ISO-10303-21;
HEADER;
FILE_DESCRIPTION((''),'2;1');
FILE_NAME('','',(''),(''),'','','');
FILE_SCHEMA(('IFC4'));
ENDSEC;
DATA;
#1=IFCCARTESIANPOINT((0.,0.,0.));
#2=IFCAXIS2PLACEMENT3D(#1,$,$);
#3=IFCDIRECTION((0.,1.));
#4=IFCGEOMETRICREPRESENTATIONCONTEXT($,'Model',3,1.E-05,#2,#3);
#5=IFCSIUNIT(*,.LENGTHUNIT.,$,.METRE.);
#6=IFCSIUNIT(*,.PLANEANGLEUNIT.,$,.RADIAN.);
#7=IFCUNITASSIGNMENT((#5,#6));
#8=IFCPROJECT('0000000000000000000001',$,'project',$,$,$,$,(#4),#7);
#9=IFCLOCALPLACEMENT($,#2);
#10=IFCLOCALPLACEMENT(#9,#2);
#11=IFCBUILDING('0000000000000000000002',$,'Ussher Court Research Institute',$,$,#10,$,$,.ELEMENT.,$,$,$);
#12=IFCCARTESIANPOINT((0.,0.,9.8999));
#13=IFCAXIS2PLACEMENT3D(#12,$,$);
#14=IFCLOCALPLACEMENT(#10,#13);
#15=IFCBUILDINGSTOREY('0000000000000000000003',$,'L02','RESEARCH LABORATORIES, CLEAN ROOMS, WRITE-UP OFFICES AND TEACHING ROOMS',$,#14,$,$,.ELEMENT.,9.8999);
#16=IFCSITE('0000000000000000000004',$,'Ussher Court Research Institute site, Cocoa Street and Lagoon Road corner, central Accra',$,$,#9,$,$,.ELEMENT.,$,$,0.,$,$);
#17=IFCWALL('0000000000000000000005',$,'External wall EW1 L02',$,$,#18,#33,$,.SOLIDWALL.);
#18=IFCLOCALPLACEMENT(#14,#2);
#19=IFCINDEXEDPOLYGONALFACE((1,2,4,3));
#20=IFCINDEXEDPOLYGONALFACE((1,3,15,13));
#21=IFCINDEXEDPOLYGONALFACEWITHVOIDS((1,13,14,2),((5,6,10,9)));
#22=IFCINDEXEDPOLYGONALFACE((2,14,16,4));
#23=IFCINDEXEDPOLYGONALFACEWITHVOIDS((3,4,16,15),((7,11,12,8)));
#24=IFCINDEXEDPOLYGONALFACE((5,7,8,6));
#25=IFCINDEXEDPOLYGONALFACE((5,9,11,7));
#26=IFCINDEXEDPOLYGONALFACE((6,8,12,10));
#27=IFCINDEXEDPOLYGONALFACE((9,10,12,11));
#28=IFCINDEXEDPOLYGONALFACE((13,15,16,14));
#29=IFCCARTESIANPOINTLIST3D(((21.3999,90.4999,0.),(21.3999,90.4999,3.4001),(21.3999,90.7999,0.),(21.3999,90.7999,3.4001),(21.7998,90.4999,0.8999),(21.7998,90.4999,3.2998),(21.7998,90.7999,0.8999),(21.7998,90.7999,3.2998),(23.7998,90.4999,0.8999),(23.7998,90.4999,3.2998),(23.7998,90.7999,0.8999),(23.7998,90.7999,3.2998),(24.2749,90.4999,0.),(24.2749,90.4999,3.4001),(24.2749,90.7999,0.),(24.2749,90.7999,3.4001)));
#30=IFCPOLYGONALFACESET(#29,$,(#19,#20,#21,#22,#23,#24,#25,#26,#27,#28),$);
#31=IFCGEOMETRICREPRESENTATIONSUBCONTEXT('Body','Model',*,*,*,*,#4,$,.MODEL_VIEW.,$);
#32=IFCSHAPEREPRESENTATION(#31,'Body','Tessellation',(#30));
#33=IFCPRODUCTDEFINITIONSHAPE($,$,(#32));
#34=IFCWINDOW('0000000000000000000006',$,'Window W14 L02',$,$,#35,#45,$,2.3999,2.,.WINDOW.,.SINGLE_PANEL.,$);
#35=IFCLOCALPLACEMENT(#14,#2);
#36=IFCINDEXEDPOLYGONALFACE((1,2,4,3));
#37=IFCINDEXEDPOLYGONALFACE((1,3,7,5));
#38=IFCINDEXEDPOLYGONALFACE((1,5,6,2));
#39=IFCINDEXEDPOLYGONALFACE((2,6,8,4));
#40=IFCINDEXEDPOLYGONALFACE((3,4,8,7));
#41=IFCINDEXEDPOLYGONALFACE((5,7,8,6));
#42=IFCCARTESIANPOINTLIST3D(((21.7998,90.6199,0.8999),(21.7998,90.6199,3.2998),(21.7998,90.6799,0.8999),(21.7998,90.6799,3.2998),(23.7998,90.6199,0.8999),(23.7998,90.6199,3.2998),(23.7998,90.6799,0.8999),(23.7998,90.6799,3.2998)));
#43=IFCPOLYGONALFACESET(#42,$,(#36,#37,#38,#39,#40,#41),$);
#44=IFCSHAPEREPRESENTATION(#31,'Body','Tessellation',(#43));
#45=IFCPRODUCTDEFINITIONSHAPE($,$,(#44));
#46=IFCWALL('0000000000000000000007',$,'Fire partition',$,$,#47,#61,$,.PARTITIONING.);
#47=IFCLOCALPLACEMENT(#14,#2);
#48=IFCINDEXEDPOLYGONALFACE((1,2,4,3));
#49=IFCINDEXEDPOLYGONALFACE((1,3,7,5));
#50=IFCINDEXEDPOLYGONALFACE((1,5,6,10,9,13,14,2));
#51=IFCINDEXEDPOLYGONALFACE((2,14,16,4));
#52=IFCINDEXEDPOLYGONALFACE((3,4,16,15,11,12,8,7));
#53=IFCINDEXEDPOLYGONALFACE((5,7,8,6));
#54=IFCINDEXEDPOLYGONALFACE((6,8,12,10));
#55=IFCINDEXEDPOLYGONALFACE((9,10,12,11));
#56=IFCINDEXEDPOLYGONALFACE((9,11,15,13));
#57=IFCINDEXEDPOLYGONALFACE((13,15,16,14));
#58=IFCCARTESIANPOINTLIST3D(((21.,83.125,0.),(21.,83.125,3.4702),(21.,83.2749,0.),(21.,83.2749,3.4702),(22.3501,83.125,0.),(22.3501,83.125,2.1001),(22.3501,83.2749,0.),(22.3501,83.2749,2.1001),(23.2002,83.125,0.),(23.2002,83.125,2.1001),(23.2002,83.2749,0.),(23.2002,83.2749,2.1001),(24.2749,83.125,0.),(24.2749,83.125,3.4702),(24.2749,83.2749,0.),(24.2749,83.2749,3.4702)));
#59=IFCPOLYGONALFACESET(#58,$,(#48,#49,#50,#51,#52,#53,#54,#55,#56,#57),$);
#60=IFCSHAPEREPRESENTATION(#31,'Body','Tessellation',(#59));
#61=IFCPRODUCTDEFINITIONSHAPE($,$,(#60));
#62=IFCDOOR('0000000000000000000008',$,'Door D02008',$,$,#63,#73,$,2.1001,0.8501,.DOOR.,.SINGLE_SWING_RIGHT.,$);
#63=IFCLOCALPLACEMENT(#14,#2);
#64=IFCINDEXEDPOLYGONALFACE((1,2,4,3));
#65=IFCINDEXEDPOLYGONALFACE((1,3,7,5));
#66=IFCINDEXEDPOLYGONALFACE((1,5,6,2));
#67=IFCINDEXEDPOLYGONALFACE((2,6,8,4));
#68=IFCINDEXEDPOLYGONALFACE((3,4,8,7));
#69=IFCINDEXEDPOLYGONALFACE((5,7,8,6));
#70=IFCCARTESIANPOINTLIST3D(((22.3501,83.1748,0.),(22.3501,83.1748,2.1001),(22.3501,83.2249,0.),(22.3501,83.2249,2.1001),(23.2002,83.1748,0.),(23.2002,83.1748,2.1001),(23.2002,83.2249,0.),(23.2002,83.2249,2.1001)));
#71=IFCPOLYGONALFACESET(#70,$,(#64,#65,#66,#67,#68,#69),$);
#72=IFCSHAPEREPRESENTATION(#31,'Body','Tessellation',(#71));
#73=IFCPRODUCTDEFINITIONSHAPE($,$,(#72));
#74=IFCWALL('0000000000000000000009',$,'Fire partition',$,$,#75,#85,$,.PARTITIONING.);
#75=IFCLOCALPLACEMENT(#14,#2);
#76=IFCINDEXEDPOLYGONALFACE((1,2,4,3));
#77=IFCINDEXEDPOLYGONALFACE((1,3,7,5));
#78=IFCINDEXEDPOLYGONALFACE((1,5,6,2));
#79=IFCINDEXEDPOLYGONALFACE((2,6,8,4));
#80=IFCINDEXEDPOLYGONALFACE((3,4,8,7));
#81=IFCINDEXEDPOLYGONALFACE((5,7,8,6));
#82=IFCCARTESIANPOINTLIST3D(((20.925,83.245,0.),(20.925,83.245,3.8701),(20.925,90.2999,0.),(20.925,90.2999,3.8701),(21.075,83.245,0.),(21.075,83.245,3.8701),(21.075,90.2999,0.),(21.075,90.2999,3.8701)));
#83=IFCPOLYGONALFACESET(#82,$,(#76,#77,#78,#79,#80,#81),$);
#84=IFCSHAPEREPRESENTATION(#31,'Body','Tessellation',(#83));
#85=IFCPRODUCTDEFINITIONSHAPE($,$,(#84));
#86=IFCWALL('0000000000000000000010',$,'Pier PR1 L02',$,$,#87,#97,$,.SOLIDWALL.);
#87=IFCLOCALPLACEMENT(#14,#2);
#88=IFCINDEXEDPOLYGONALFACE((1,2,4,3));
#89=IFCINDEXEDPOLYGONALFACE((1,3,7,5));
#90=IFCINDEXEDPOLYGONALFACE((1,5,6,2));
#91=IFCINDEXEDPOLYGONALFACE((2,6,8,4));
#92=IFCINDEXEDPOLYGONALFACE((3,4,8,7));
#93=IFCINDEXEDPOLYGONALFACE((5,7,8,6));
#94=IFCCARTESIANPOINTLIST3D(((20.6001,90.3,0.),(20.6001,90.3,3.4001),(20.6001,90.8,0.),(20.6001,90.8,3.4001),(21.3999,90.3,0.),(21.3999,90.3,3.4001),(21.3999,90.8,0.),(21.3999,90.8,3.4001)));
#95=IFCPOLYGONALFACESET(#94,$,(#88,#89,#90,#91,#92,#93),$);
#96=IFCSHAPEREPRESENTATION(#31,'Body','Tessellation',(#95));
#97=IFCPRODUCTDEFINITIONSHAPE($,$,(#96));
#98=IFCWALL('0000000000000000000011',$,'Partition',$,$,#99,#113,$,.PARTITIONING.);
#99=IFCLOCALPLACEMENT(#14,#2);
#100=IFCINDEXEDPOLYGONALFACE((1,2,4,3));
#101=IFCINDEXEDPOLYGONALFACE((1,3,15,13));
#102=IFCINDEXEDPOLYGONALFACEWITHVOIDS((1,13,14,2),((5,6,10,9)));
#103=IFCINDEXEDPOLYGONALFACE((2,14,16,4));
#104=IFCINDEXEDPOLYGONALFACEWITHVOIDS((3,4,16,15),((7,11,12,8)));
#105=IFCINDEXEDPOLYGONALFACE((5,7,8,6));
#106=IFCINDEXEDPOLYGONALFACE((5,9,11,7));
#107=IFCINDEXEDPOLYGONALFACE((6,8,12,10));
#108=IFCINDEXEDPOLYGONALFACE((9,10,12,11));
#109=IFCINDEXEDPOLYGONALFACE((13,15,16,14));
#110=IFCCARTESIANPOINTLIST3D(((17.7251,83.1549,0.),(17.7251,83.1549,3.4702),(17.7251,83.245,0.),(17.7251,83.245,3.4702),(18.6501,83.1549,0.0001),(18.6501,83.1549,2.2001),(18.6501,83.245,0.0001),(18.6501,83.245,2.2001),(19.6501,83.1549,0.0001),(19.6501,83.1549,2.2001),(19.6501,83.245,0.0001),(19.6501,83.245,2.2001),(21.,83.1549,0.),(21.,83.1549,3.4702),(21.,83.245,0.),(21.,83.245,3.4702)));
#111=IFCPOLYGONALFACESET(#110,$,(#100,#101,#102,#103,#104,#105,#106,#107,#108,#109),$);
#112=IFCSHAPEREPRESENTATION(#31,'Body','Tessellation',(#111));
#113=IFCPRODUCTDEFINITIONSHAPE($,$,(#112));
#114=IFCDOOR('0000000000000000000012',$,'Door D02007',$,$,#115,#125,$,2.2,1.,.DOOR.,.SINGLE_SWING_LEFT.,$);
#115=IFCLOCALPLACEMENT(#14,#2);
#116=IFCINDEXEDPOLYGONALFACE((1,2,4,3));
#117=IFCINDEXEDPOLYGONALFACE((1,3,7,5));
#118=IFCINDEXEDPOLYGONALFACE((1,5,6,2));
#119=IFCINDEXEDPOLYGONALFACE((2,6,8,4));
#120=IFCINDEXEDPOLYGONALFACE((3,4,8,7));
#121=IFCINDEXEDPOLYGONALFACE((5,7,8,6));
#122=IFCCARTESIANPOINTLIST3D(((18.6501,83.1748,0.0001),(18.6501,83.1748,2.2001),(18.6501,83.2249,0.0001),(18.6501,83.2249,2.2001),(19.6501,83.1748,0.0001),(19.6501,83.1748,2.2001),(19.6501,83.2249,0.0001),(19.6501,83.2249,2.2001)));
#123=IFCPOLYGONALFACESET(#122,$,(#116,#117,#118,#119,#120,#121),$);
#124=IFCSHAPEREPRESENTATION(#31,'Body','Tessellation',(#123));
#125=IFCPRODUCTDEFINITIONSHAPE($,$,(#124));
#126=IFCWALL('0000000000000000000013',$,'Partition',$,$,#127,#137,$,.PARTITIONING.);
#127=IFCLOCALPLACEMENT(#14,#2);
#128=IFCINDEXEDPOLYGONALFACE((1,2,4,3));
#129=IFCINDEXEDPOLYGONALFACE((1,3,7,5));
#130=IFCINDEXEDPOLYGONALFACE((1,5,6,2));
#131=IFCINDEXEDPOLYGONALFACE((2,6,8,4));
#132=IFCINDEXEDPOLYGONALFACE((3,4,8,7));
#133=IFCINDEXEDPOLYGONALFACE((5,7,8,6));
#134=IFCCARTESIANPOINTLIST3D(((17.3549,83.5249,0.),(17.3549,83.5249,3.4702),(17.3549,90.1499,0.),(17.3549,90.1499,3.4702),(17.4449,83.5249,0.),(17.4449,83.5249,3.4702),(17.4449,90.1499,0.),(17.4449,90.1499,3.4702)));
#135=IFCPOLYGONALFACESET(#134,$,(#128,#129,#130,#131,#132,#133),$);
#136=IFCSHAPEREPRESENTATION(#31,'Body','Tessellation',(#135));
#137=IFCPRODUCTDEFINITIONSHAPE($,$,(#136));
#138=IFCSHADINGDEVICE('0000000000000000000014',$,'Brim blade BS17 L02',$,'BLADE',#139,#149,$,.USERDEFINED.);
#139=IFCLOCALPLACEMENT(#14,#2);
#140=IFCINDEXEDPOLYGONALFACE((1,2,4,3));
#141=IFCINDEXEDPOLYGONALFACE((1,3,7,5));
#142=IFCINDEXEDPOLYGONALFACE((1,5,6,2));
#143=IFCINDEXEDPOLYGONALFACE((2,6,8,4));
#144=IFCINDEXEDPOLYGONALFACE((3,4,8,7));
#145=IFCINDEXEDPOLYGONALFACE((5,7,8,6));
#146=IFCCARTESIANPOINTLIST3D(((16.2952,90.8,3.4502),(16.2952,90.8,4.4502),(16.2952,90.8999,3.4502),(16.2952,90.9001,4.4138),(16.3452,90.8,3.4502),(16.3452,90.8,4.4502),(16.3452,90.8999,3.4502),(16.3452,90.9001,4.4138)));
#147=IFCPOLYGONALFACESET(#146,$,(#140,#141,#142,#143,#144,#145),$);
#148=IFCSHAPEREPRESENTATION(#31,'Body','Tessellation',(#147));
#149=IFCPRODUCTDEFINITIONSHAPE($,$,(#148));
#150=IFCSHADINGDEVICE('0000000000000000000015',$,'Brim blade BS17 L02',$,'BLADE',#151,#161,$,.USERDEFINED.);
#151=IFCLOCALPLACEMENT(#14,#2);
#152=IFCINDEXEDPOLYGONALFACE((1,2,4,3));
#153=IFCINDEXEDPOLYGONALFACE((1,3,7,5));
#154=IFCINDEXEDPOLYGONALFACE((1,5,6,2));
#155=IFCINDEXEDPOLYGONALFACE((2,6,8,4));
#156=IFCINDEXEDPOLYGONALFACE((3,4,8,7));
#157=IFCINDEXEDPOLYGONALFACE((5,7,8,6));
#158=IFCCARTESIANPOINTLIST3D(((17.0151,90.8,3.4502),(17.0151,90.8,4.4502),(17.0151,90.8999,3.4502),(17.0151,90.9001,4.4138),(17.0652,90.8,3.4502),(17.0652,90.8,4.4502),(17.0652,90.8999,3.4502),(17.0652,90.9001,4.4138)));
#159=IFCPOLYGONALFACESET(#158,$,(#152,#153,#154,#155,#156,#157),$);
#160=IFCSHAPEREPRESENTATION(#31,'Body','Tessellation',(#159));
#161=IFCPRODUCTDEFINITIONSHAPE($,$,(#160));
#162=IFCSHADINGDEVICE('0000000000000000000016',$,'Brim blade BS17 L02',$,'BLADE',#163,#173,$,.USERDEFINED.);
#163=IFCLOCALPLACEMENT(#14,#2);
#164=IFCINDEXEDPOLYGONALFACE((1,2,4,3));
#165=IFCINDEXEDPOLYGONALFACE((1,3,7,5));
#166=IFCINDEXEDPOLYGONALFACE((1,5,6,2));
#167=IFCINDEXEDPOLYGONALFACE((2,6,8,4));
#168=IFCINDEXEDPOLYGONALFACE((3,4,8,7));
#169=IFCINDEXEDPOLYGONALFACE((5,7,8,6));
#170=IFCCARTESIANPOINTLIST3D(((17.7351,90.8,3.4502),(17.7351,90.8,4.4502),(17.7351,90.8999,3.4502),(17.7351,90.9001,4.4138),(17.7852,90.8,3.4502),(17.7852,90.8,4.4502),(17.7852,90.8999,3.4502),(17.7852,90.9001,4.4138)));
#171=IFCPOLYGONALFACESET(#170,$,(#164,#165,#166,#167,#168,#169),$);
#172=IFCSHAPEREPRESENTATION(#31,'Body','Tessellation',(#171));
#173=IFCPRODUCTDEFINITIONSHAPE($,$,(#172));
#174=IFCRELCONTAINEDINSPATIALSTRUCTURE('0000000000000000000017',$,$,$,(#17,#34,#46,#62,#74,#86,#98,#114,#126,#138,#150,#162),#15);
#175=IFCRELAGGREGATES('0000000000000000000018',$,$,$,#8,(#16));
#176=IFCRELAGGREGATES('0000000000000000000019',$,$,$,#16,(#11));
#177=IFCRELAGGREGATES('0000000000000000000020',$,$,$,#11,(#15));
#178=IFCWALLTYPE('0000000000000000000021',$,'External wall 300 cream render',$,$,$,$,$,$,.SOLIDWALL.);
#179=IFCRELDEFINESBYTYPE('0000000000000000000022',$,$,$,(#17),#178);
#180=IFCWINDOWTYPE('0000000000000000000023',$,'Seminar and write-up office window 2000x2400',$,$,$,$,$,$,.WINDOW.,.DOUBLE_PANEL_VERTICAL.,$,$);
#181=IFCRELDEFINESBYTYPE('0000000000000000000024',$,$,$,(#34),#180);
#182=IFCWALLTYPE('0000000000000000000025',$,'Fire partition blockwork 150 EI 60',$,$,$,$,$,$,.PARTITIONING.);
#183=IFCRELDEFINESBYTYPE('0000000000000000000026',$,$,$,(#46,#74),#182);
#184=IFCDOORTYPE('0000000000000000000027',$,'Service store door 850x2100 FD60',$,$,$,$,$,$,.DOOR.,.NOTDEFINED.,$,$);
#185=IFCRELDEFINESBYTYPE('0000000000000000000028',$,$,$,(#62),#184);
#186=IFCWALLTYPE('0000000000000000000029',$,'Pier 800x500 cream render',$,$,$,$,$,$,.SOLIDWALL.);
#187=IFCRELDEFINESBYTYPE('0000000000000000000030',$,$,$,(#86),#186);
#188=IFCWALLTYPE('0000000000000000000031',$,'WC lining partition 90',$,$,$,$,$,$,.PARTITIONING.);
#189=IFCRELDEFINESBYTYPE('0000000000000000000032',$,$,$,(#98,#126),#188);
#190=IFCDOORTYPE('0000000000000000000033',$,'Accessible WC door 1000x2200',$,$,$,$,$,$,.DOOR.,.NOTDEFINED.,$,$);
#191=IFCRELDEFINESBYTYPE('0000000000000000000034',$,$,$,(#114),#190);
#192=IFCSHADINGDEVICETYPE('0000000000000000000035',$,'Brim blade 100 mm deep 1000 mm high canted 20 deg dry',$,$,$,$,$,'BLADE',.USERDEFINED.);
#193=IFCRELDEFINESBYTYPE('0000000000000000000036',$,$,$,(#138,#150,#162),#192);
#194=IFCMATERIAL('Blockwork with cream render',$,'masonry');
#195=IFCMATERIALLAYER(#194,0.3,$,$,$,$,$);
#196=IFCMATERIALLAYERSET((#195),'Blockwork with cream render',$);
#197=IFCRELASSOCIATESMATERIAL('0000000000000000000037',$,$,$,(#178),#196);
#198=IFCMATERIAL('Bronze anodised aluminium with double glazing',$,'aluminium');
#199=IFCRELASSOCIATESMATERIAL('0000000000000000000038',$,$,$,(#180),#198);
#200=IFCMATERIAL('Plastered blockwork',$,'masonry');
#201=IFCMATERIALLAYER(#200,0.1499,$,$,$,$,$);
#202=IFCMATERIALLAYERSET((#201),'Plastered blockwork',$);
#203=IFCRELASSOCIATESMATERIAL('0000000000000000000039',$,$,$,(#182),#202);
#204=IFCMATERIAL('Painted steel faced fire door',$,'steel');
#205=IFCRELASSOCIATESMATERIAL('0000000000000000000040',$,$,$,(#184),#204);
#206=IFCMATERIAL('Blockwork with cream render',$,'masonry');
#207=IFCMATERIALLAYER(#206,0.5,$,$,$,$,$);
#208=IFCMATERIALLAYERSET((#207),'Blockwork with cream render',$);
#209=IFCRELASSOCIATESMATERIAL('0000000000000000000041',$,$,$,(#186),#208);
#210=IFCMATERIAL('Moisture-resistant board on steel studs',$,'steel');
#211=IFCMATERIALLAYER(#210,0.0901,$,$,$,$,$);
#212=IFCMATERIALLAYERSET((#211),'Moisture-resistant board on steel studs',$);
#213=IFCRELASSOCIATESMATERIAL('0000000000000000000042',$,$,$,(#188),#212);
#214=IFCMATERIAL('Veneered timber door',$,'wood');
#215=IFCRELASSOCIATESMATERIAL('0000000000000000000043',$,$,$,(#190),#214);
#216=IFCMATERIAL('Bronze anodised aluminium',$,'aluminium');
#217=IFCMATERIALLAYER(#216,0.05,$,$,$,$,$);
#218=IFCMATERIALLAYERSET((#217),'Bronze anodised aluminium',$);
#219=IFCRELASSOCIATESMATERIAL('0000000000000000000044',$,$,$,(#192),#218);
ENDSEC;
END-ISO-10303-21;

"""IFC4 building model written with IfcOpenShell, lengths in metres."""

from ifc_helpers import new_model, si_unit, direction, frame, frame_2d, origin, place, context, subcontext, project, spatial, polyline, rectangle, outline, extrude, material, layer, layer_set, type_object, element, fill, save


model = new_model("IFC4")

# Units and contexts
model_context = context("Model", 3, precision=1e-05, world=origin(), true_north=direction((0.0, 1.0)))
body_context = subcontext(model_context, "Body", "Model", "MODEL_VIEW")
ifc_project = project(units=[si_unit("LENGTHUNIT", "METRE"), si_unit("PLANEANGLEUNIT", "RADIAN")], contexts=[model_context])

# Site, building, storey
site_placement = place(None, origin())
site = spatial("IfcSite", under=ifc_project, at=site_placement, Name="Ussher Court Research Institute site, Cocoa Street and Lagoon Road corner, central Accra", CompositionType="ELEMENT", RefElevation=0.0)
building_placement = place(site_placement, origin())
building = spatial("IfcBuilding", under=site, at=building_placement, Name="Ussher Court Research Institute", CompositionType="ELEMENT")
storey_placement = place(building_placement, frame((0.0, 0.0, 9.8999)))
storey = spatial("IfcBuildingStorey", under=building, at=storey_placement, Name="L02", Description="RESEARCH LABORATORIES, CLEAN ROOMS, WRITE-UP OFFICES AND TEACHING ROOMS", CompositionType="ELEMENT", Elevation=9.8999)

# Wall, opening, window
ifc_material_1 = material(Name="Blockwork with cream render", Category="masonry")
ifc_layer_1 = layer(ifc_material_1, 0.3)
ifc_layer_set_1 = layer_set([ifc_layer_1], Name="Blockwork with cream render")
wall_type_1 = type_object("IfcWallType", Name="External wall 300 cream render", PredefinedType="SOLIDWALL", material=ifc_layer_set_1)
ifc_material_2 = material(Name="Bronze anodised aluminium with double glazing", Category="aluminium")
window_type = type_object("IfcWindowType", Name="Seminar and write-up office window 2000x2400", PartitioningType="DOUBLE_PANEL_VERTICAL", PredefinedType="WINDOW", material=ifc_material_2)
wall_1_placement = place(storey_placement, frame((21.3999, 90.6499, 0.0), z_axis=(0.0, 0.0, 1.0), x_axis=(1.0, 0.0, 0.0)))
wall_1 = element("IfcWall", 1, at=wall_1_placement, inside=storey, type_object=wall_type_1, Name="External wall EW1 L02", PredefinedType="SOLIDWALL", context=body_context, shape_type="SweptSolid", body=[
    extrude(rectangle(XDim=2.875, YDim=0.3, at=frame_2d((1.4375, 0.0))), origin(), (0.0, 0.0, 1.0), 3.4001),
])
opening_1_placement = place(wall_1_placement, frame((0.3999, 0.0, 0.8999)))
opening_1 = element("IfcOpeningElement", 2, at=opening_1_placement, cuts=wall_1, PredefinedType="OPENING", context=body_context, shape_type="SweptSolid", body=[
    extrude(rectangle(XDim=2.0, YDim=2.3999, at=frame_2d((1.0, 1.2))), frame((0.0, 0.1602, 0.0), z_axis=(0.0, -1.0, 0.0), x_axis=(1.0, 0.0, 0.0)), (0.0, 0.0, 1.0), 0.3201),
])
window_1_placement = place(opening_1_placement, origin())
window_1 = element("IfcWindow", 3, at=window_1_placement, inside=storey, type_object=window_type, Name="Window W14 L02", OverallHeight=2.3999, OverallWidth=2.0, PartitioningType="SINGLE_PANEL", PredefinedType="WINDOW", context=body_context, shape_type="SweptSolid", body=[
    extrude(rectangle(XDim=2.0, YDim=2.3999, at=frame_2d((1.0, 1.2))), frame((0.0, 0.03, 0.0), z_axis=(0.0, -1.0, 0.0), x_axis=(1.0, 0.0, 0.0)), (0.0, 0.0, 1.0), 0.0601),
])
fill(opening_1, window_1)

# Wall, opening, door
ifc_material_3 = material(Name="Plastered blockwork", Category="masonry")
ifc_layer_2 = layer(ifc_material_3, 0.1499)
ifc_layer_set_2 = layer_set([ifc_layer_2], Name="Plastered blockwork")
wall_type_2 = type_object("IfcWallType", Name="Fire partition blockwork 150 EI 60", PredefinedType="PARTITIONING", material=ifc_layer_set_2)
wall_2_placement = place(storey_placement, frame((21.0, 83.2, 0.0), z_axis=(0.0, 0.0, 1.0), x_axis=(1.0, 0.0, 0.0)))
wall_2 = element("IfcWall", 4, at=wall_2_placement, inside=storey, type_object=wall_type_2, Name="Fire partition", PredefinedType="PARTITIONING", context=body_context, shape_type="SweptSolid", body=[
    extrude(rectangle(XDim=3.2749, YDim=0.1499, at=frame_2d((1.6375, 0.0))), origin(), (0.0, 0.0, 1.0), 3.4702),
])
opening_2_placement = place(wall_2_placement, frame((1.3501, 0.0, 0.0)))
opening_2 = element("IfcOpeningElement", 5, at=opening_2_placement, cuts=wall_2, PredefinedType="OPENING", context=body_context, shape_type="SweptSolid", body=[
    extrude(rectangle(XDim=0.8501, YDim=2.1001, at=frame_2d((0.425, 1.05))), frame((0.0, 0.085, 0.0), z_axis=(0.0, -1.0, 0.0), x_axis=(1.0, 0.0, 0.0)), (0.0, 0.0, 1.0), 0.1699),
])
ifc_material_4 = material(Name="Painted steel faced fire door", Category="steel")
door_type_1 = type_object("IfcDoorType", Name="Service store door 850x2100 FD60", OperationType="NOTDEFINED", PredefinedType="DOOR", material=ifc_material_4)
door_1_placement = place(opening_2_placement, origin())
door_1 = element("IfcDoor", 6, at=door_1_placement, inside=storey, type_object=door_type_1, Name="Door D02008", OperationType="SINGLE_SWING_RIGHT", OverallHeight=2.1001, OverallWidth=0.8501, PredefinedType="DOOR", context=body_context, shape_type="SweptSolid", body=[
    extrude(rectangle(XDim=0.8501, YDim=2.1001, at=frame_2d((0.425, 1.05))), frame((0.0, 0.0249, 0.0), z_axis=(0.0, -1.0, 0.0), x_axis=(1.0, 0.0, 0.0)), (0.0, 0.0, 1.0), 0.05),
])
fill(opening_2, door_1)

# Walls
wall_3_placement = place(storey_placement, frame((21.0, 83.2451, 0.0), z_axis=(0.0, 0.0, 1.0), x_axis=(0.0, 1.0, 0.0)))
element("IfcWall", 7, at=wall_3_placement, inside=storey, type_object=wall_type_2, Name="Fire partition", PredefinedType="PARTITIONING", context=body_context, shape_type="SweptSolid", body=[
    extrude(rectangle(XDim=7.0549, YDim=0.1499, at=frame_2d((3.5273, 0.0))), origin(), (0.0, 0.0, 1.0), 3.8701),
])
ifc_material_5 = material(Name="Blockwork with cream render", Category="masonry")
ifc_layer_3 = layer(ifc_material_5, 0.5)
ifc_layer_set_3 = layer_set([ifc_layer_3], Name="Blockwork with cream render")
wall_type_3 = type_object("IfcWallType", Name="Pier 800x500 cream render", PredefinedType="SOLIDWALL", material=ifc_layer_set_3)
wall_4_placement = place(storey_placement, frame((20.6001, 90.55, 0.0), z_axis=(0.0, 0.0, 1.0), x_axis=(1.0, 0.0, 0.0)))
element("IfcWall", 8, at=wall_4_placement, inside=storey, type_object=wall_type_3, Name="Pier PR1 L02", PredefinedType="SOLIDWALL", context=body_context, shape_type="SweptSolid", body=[
    extrude(rectangle(XDim=0.7998, YDim=0.5, at=frame_2d((0.3999, 0.0))), origin(), (0.0, 0.0, 1.0), 3.4001),
])

# Wall, opening, door
ifc_material_6 = material(Name="Moisture-resistant board on steel studs", Category="steel")
ifc_layer_4 = layer(ifc_material_6, 0.0901)
ifc_layer_set_4 = layer_set([ifc_layer_4], Name="Moisture-resistant board on steel studs")
wall_type_4 = type_object("IfcWallType", Name="WC lining partition 90", PredefinedType="PARTITIONING", material=ifc_layer_set_4)
wall_5_placement = place(storey_placement, frame((17.7251, 83.2, 0.0), z_axis=(0.0, 0.0, 1.0), x_axis=(1.0, 0.0, 0.0)))
wall_5 = element("IfcWall", 9, at=wall_5_placement, inside=storey, type_object=wall_type_4, Name="Partition", PredefinedType="PARTITIONING", context=body_context, shape_type="SweptSolid", body=[
    extrude(rectangle(XDim=3.2749, YDim=0.0901, at=frame_2d((1.6375, 0.0))), origin(), (0.0, 0.0, 1.0), 3.4702),
])
opening_3_placement = place(wall_5_placement, frame((0.925, 0.0, 0.0)))
opening_3 = element("IfcOpeningElement", 10, at=opening_3_placement, cuts=wall_5, PredefinedType="OPENING", context=body_context, shape_type="SweptSolid", body=[
    extrude(rectangle(XDim=1.0, YDim=2.2, at=frame_2d((0.5, 1.1001))), frame((0.0, 0.0552, 0.0), z_axis=(0.0, -1.0, 0.0), x_axis=(1.0, 0.0, 0.0)), (0.0, 0.0, 1.0), 0.1101),
])
ifc_material_7 = material(Name="Veneered timber door", Category="wood")
door_type_2 = type_object("IfcDoorType", Name="Accessible WC door 1000x2200", OperationType="NOTDEFINED", PredefinedType="DOOR", material=ifc_material_7)
door_2_placement = place(opening_3_placement, origin())
door_2 = element("IfcDoor", 11, at=door_2_placement, inside=storey, type_object=door_type_2, Name="Door D02007", OperationType="SINGLE_SWING_LEFT", OverallHeight=2.2, OverallWidth=1.0, PredefinedType="DOOR", context=body_context, shape_type="SweptSolid", body=[
    extrude(rectangle(XDim=1.0, YDim=2.2, at=frame_2d((0.5, 1.1001))), frame((0.0, 0.0249, 0.0), z_axis=(0.0, -1.0, 0.0), x_axis=(1.0, 0.0, 0.0)), (0.0, 0.0, 1.0), 0.05),
])
fill(opening_3, door_2)

# Wall
wall_6_placement = place(storey_placement, frame((17.3999, 83.5249, 0.0), z_axis=(0.0, 0.0, 1.0), x_axis=(0.0, 1.0, 0.0)))
element("IfcWall", 12, at=wall_6_placement, inside=storey, type_object=wall_type_4, Name="Partition", PredefinedType="PARTITIONING", context=body_context, shape_type="SweptSolid", body=[
    extrude(rectangle(XDim=6.625, YDim=0.0901, at=frame_2d((3.3125, 0.0))), origin(), (0.0, 0.0, 1.0), 3.4702),
])

# Shading devices
ifc_material_8 = material(Name="Bronze anodised aluminium", Category="aluminium")
ifc_layer_5 = layer(ifc_material_8, 0.05)
ifc_layer_set_5 = layer_set([ifc_layer_5], Name="Bronze anodised aluminium")
shading_device_type_1 = type_object("IfcShadingDeviceType", Name="Brim blade 100 mm deep 1000 mm high canted 20 deg dry", ElementType="BLADE", PredefinedType="USERDEFINED", material=ifc_layer_set_5)
for number, where, z_axis, x_axis, name in (
    (13, (16.3201, 90.8, 3.4502), (0.0, 0.0, 1.0), (0.0, 1.0, 0.0), "Brim blade BS17 L02"),
    (14, (17.04, 90.8, 3.4502), (0.0, 0.0, 1.0), (0.0, 1.0, 0.0), "Brim blade BS17 L02"),
    (15, (17.76, 90.8, 3.4502), (0.0, 0.0, 1.0), (0.0, 1.0, 0.0), "Brim blade BS17 L02"),
):
    element("IfcShadingDevice", number, at=place(storey_placement, frame(where, z_axis=z_axis, x_axis=x_axis)), inside=storey, type_object=shading_device_type_1, Name=name, ObjectType="BLADE", PredefinedType="USERDEFINED", context=body_context, shape_type="SweptSolid", body=[
        extrude(outline(polyline([(0.0, 0.0), (0.0999, 0.0), (0.1001, 0.9636), (0.0, 1.0), (0.0, 0.0)])), frame((0.0, 0.0249, 0.0), z_axis=(0.0, -1.0, 0.0), x_axis=(1.0, 0.0, 0.0)), (0.0, 0.0, 1.0), 0.05),
    ])

save(model, "model.ifc")
